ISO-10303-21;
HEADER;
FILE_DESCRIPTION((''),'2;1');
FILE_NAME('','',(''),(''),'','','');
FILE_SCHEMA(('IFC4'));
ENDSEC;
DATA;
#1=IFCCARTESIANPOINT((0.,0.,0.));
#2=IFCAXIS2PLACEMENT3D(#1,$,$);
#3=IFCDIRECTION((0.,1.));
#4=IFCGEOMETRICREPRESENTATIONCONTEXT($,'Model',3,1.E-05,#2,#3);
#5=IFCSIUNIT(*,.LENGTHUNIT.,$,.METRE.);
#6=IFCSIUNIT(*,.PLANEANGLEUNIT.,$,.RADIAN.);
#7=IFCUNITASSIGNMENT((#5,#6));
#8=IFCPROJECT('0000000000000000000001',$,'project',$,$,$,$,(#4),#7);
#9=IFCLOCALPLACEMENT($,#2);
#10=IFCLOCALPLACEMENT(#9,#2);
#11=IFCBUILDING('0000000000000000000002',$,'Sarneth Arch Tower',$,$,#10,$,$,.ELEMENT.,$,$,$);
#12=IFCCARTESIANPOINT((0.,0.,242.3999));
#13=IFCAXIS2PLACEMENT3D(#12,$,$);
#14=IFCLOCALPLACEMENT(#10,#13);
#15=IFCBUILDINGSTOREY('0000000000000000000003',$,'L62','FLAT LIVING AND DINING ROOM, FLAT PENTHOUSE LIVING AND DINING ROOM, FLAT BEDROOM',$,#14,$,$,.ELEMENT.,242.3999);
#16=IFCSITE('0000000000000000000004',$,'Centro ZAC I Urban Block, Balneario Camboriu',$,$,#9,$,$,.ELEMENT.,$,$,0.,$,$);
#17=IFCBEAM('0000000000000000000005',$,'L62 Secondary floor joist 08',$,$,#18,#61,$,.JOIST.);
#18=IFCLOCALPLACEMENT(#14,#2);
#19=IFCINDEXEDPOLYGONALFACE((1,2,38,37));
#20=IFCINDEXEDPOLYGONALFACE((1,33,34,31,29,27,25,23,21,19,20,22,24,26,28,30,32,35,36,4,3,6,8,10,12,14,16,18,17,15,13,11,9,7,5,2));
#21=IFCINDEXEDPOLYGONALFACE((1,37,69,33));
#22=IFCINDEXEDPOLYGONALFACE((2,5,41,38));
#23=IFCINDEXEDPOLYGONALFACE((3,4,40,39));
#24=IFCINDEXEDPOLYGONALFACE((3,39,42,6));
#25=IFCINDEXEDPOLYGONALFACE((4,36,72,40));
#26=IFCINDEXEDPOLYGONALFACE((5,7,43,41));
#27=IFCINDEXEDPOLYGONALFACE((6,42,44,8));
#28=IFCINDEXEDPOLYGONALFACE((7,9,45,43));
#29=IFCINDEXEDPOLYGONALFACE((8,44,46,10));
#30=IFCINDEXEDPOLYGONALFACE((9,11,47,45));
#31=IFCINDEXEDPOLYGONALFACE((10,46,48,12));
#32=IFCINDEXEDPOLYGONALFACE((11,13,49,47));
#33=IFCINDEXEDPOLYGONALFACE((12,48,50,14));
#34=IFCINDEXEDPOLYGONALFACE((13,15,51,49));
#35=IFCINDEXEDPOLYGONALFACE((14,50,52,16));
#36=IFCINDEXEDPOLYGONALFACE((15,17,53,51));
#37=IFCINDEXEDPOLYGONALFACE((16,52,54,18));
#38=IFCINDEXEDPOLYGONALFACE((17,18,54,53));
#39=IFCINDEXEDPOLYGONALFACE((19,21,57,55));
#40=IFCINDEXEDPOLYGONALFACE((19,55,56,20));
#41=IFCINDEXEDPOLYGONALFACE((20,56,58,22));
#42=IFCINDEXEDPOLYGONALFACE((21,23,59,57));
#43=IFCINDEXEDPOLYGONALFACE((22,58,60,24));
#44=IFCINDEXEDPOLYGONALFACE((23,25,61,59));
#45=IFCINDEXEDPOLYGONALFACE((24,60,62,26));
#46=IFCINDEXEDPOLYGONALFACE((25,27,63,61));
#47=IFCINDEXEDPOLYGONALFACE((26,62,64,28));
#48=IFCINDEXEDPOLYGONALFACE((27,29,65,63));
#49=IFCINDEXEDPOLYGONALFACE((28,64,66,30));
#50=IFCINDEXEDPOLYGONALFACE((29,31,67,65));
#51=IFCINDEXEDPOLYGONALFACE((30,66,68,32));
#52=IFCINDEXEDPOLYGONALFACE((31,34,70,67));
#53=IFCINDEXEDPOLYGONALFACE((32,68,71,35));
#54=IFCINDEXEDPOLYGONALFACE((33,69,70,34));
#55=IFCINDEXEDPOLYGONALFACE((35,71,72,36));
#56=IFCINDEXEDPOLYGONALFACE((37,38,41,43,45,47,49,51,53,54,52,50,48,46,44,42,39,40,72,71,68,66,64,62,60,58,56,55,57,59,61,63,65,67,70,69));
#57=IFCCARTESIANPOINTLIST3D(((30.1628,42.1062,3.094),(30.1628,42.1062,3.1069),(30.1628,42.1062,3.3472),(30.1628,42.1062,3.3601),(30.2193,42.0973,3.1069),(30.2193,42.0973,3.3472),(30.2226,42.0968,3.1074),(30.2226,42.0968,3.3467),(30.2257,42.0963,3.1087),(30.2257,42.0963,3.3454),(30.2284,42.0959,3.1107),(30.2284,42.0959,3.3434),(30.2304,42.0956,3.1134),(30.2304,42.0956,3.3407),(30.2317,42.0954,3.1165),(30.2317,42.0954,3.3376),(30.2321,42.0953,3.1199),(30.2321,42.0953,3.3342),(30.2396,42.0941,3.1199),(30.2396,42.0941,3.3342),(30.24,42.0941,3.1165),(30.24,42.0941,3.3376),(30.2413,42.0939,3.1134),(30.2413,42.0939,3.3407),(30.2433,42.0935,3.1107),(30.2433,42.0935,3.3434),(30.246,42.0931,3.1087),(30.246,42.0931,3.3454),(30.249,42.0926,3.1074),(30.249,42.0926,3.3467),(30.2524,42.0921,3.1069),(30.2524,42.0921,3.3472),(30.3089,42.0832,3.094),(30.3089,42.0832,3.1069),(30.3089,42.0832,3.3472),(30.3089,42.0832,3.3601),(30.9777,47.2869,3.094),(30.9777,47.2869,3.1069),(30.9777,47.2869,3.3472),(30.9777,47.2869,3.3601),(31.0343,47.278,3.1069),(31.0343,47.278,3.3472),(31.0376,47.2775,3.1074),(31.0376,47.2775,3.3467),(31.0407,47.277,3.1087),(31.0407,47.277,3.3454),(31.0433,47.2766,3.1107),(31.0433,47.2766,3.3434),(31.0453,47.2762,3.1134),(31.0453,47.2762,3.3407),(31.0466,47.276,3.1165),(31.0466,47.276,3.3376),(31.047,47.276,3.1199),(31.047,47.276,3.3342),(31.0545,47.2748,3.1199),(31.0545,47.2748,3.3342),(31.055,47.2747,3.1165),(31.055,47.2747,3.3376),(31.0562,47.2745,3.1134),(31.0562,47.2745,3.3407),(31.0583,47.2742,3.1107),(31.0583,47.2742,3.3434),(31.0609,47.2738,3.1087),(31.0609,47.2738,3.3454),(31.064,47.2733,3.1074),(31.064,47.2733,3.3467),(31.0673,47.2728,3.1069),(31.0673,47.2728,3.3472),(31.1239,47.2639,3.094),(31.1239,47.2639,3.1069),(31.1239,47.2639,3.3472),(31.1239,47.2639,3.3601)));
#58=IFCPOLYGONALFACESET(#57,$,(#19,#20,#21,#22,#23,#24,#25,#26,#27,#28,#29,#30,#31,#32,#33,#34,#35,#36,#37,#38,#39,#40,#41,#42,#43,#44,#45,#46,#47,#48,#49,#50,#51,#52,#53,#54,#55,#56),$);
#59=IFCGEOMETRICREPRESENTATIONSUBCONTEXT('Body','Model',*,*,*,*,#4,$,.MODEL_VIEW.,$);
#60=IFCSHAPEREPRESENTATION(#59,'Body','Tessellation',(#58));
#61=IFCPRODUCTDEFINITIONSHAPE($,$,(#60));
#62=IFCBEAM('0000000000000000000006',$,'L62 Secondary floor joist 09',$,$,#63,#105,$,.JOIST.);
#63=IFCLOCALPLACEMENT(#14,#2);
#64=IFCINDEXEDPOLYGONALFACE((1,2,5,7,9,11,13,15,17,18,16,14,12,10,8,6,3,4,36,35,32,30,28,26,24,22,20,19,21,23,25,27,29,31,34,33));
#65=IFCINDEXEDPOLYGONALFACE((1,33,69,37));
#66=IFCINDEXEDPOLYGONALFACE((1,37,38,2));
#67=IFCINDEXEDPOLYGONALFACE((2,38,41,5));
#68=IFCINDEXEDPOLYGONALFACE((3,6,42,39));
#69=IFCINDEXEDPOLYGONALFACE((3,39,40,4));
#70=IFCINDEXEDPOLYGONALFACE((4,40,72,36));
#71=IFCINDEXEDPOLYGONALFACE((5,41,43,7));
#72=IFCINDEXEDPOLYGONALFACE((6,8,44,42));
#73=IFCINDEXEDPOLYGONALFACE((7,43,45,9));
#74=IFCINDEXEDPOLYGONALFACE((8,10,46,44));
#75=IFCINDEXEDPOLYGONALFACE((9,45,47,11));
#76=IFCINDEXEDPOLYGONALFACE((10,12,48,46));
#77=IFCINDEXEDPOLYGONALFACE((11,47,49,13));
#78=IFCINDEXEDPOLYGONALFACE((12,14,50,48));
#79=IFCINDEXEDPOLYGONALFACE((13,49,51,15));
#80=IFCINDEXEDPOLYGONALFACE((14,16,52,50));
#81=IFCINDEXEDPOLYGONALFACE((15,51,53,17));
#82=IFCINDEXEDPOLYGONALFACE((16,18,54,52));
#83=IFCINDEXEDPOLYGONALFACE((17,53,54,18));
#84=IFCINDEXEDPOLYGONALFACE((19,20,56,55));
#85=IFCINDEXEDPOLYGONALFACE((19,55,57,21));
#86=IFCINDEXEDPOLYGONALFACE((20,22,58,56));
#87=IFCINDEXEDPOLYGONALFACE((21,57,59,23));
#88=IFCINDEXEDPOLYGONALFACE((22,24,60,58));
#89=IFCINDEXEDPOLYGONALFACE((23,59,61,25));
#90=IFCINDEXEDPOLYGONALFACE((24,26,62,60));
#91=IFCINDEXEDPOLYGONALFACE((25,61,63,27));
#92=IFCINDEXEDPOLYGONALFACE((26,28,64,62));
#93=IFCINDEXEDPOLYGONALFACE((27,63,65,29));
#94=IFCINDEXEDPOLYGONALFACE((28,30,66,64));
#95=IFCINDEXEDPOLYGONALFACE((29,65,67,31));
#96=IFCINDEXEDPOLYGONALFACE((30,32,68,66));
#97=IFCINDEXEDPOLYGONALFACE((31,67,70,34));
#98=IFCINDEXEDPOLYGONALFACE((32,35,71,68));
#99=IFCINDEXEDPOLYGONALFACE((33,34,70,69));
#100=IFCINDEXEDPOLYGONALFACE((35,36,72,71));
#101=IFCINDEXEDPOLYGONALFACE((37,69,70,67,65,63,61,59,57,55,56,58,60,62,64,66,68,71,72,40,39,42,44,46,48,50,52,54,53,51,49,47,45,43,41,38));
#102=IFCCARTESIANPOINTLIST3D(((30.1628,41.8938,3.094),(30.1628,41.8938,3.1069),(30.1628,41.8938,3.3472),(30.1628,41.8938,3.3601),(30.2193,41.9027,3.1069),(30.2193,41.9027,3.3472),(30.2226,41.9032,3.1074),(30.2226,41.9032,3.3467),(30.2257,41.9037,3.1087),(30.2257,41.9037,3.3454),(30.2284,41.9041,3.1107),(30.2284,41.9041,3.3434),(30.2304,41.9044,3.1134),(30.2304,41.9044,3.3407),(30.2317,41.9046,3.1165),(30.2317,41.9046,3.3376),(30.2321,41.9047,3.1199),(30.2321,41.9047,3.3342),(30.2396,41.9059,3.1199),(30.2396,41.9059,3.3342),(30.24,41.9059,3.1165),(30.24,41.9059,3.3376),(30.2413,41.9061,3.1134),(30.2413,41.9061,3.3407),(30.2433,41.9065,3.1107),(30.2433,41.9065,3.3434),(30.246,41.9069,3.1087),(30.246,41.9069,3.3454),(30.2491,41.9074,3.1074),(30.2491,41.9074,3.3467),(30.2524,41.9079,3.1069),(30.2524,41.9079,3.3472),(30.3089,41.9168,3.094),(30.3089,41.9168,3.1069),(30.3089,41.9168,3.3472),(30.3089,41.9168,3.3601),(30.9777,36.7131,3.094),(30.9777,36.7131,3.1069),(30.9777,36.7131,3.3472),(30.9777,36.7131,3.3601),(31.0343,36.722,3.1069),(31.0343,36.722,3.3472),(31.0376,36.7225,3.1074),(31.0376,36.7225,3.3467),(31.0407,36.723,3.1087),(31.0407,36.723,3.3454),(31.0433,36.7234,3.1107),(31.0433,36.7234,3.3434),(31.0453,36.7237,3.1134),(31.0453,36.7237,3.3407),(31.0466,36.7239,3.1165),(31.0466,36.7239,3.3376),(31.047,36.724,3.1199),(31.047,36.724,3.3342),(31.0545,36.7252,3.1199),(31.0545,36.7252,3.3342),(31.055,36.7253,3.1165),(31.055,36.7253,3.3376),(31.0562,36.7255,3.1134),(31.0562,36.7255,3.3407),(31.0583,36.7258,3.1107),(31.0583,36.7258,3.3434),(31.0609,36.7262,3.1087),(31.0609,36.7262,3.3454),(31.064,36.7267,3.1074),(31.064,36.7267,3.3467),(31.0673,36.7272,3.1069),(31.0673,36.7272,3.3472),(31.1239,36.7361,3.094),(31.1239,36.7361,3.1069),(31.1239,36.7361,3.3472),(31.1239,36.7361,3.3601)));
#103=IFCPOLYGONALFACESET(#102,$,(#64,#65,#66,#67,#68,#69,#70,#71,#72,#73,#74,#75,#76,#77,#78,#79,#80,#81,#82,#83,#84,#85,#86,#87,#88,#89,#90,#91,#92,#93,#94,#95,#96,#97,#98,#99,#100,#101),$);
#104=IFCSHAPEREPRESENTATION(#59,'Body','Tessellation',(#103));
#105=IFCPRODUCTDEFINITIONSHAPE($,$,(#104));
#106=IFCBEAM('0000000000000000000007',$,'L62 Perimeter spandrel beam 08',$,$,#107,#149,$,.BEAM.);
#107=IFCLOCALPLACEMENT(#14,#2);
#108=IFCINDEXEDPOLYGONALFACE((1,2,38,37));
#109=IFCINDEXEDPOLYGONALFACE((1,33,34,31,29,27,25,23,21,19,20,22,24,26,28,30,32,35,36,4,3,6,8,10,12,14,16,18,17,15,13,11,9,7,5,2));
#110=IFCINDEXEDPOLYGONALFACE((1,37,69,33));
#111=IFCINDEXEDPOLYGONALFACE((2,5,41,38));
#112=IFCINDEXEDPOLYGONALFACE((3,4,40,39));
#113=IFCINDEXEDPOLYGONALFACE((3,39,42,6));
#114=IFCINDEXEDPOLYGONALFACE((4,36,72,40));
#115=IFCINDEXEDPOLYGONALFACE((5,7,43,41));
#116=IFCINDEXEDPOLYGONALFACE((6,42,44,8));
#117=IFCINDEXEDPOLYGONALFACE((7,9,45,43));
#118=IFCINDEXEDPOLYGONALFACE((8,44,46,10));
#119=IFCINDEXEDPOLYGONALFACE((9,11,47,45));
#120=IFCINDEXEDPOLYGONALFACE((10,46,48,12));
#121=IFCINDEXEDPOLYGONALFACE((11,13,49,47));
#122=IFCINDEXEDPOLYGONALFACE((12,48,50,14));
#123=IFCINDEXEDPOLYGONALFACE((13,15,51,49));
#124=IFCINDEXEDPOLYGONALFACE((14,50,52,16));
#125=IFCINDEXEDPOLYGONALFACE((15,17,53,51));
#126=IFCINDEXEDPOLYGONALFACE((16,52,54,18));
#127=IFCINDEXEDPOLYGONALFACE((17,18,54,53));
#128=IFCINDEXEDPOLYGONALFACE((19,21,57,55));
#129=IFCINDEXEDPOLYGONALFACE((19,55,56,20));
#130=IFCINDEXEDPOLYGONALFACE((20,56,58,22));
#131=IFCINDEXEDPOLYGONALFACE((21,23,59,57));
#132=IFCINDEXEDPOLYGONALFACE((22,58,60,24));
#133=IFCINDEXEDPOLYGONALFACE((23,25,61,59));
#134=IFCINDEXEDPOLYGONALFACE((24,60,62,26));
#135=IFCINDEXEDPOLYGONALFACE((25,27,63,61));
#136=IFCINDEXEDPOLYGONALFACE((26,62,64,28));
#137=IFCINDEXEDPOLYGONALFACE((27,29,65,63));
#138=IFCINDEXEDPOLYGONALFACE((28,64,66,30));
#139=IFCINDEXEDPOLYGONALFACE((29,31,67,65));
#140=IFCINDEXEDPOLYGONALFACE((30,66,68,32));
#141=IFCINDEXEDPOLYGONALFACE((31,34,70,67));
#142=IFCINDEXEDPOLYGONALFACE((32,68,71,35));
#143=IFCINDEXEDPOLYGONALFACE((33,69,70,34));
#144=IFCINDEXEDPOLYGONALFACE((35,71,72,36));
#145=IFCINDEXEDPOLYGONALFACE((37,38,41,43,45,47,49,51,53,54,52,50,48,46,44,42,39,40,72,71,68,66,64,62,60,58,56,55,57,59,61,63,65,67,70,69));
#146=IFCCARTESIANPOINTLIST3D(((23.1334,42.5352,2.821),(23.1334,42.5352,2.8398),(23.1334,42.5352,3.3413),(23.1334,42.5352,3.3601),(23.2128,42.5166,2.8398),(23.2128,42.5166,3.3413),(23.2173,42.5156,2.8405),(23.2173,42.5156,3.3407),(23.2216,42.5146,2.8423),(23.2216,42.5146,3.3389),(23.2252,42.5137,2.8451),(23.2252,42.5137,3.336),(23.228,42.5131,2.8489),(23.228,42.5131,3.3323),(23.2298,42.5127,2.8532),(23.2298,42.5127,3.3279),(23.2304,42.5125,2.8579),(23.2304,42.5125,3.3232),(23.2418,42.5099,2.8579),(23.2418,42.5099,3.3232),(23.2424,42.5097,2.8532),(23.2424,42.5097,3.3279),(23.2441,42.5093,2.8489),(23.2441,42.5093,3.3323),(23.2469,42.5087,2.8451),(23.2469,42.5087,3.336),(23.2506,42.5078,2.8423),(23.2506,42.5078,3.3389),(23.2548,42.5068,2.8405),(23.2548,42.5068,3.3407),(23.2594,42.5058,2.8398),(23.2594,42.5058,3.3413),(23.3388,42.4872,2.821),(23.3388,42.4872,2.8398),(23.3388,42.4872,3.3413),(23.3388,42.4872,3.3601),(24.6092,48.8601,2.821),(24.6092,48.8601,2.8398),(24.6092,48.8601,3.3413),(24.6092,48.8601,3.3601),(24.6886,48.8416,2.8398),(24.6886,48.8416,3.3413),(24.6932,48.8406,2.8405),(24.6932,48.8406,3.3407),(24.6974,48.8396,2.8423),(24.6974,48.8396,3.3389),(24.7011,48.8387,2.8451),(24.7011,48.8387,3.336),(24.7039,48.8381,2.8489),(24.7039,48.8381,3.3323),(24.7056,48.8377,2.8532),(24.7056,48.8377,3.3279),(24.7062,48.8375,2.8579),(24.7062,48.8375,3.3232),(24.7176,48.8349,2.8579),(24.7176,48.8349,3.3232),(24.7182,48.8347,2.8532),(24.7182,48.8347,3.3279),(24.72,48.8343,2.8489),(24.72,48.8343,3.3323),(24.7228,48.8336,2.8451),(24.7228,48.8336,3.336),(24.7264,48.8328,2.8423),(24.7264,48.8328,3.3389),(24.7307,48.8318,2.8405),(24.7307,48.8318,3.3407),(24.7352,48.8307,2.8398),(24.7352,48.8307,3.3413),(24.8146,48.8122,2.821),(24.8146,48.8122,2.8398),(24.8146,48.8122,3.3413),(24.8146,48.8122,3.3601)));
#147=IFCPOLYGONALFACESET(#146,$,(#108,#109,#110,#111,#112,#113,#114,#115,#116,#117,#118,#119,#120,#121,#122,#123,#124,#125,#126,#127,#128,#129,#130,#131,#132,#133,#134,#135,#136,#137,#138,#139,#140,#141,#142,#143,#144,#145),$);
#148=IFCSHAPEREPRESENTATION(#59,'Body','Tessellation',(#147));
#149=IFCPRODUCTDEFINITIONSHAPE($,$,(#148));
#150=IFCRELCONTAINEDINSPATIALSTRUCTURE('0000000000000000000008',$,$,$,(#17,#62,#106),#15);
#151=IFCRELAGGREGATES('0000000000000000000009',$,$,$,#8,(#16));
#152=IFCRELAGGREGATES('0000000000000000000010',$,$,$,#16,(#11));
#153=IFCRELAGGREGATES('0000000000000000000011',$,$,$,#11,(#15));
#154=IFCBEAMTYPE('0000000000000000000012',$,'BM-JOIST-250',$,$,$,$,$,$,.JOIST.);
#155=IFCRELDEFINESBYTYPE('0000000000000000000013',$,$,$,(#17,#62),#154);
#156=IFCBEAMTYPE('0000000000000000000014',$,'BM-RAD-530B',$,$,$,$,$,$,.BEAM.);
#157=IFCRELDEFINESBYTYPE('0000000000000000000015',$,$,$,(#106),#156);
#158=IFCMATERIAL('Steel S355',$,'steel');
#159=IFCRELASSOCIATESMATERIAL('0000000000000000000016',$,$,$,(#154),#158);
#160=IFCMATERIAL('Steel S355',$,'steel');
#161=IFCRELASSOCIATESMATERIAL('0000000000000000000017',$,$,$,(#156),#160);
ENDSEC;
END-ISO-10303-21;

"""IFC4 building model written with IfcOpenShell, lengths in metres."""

from ifc_helpers import new_model, si_unit, direction, frame, origin, origin_2d, place, context, subcontext, project, spatial, i_section, extrude, material, material_profile, profile_set, type_object, element, save


model = new_model("IFC4")

# Units and contexts
model_context = context("Model", 3, precision=1e-05, world=origin(), true_north=direction((0.0, 1.0)))
body_context = subcontext(model_context, "Body", "Model", "MODEL_VIEW")
ifc_project = project(units=[si_unit("LENGTHUNIT", "METRE"), si_unit("PLANEANGLEUNIT", "RADIAN")], contexts=[model_context])

# Site, building, storey
site_placement = place(None, origin())
site = spatial("IfcSite", under=ifc_project, at=site_placement, Name="Centro ZAC I Urban Block, Balneario Camboriu", CompositionType="ELEMENT", RefElevation=0.0)
building_placement = place(site_placement, origin())
building = spatial("IfcBuilding", under=site, at=building_placement, Name="Sarneth Arch Tower", CompositionType="ELEMENT")
storey_placement = place(building_placement, frame((0.0, 0.0, 242.3999)))
storey = spatial("IfcBuildingStorey", under=building, at=storey_placement, Name="L62", Description="FLAT LIVING AND DINING ROOM, FLAT PENTHOUSE LIVING AND DINING ROOM, FLAT BEDROOM", CompositionType="ELEMENT", Elevation=242.3999)

# Beams
ifc_material_1 = material(Name="Steel S355", Category="steel")
ifc_material_profile_1 = material_profile(ifc_material_1, i_section(OverallWidth=0.1479, OverallDepth=0.2661, WebThickness=0.0076, FlangeThickness=0.0129, FilletRadius=0.0129, at=origin_2d()), Name="W250x44.8")
ifc_profile_set_1 = profile_set([ifc_material_profile_1], Name="Steel S355")
beam_type_1 = type_object("IfcBeamType", Name="BM-JOIST-250", PredefinedType="JOIST", material=ifc_profile_set_1)
for number, where, z_axis, x_axis, name in (
    (1, (31.0508, 47.2754, 3.2271), (-0.155394, -0.987853, 0.0), (0.987853, -0.155394, 0.0), "L62 Secondary floor joist 08"),
    (2, (30.2358, 41.9053, 3.2271), (0.155394, -0.987853, 0.0), (0.987853, 0.155394, 0.0), "L62 Secondary floor joist 09"),
):
    element("IfcBeam", number, at=place(storey_placement, frame(where, z_axis=z_axis, x_axis=x_axis)), inside=storey, type_object=beam_type_1, Name=name, PredefinedType="JOIST", context=body_context, shape_type="SweptSolid", body=[
        extrude(i_section(OverallWidth=0.1479, OverallDepth=0.2661, WebThickness=0.0076, FlangeThickness=0.0129, FilletRadius=0.0129, at=origin_2d()), origin(), (0.0, 0.0, 1.0), 5.2444),
    ])
ifc_material_2 = material(Name="Steel S355", Category="steel")
ifc_material_profile_2 = material_profile(ifc_material_2, i_section(OverallWidth=0.2109, OverallDepth=0.5391, WebThickness=0.0117, FlangeThickness=0.0188, FilletRadius=0.0181, at=origin_2d()), Name="W530x109")
ifc_profile_set_2 = profile_set([ifc_material_profile_2], Name="Steel S355")
beam_type_2 = type_object("IfcBeamType", Name="BM-RAD-530B", PredefinedType="BEAM", material=ifc_profile_set_2)
beam_placement = place(storey_placement, frame((24.7119, 48.8362, 3.0906), z_axis=(-0.227231, -0.973841, 0.0), x_axis=(0.973841, -0.227231, 0.0)))
element("IfcBeam", 3, at=beam_placement, inside=storey, type_object=beam_type_2, Name="L62 Perimeter spandrel beam 08", PredefinedType="BEAM", context=body_context, shape_type="SweptSolid", body=[
    extrude(i_section(OverallWidth=0.2109, OverallDepth=0.5391, WebThickness=0.0117, FlangeThickness=0.0188, FilletRadius=0.0181, at=origin_2d()), origin(), (0.0, 0.0, 1.0), 6.4949),
])

save(model, "model.ifc")
